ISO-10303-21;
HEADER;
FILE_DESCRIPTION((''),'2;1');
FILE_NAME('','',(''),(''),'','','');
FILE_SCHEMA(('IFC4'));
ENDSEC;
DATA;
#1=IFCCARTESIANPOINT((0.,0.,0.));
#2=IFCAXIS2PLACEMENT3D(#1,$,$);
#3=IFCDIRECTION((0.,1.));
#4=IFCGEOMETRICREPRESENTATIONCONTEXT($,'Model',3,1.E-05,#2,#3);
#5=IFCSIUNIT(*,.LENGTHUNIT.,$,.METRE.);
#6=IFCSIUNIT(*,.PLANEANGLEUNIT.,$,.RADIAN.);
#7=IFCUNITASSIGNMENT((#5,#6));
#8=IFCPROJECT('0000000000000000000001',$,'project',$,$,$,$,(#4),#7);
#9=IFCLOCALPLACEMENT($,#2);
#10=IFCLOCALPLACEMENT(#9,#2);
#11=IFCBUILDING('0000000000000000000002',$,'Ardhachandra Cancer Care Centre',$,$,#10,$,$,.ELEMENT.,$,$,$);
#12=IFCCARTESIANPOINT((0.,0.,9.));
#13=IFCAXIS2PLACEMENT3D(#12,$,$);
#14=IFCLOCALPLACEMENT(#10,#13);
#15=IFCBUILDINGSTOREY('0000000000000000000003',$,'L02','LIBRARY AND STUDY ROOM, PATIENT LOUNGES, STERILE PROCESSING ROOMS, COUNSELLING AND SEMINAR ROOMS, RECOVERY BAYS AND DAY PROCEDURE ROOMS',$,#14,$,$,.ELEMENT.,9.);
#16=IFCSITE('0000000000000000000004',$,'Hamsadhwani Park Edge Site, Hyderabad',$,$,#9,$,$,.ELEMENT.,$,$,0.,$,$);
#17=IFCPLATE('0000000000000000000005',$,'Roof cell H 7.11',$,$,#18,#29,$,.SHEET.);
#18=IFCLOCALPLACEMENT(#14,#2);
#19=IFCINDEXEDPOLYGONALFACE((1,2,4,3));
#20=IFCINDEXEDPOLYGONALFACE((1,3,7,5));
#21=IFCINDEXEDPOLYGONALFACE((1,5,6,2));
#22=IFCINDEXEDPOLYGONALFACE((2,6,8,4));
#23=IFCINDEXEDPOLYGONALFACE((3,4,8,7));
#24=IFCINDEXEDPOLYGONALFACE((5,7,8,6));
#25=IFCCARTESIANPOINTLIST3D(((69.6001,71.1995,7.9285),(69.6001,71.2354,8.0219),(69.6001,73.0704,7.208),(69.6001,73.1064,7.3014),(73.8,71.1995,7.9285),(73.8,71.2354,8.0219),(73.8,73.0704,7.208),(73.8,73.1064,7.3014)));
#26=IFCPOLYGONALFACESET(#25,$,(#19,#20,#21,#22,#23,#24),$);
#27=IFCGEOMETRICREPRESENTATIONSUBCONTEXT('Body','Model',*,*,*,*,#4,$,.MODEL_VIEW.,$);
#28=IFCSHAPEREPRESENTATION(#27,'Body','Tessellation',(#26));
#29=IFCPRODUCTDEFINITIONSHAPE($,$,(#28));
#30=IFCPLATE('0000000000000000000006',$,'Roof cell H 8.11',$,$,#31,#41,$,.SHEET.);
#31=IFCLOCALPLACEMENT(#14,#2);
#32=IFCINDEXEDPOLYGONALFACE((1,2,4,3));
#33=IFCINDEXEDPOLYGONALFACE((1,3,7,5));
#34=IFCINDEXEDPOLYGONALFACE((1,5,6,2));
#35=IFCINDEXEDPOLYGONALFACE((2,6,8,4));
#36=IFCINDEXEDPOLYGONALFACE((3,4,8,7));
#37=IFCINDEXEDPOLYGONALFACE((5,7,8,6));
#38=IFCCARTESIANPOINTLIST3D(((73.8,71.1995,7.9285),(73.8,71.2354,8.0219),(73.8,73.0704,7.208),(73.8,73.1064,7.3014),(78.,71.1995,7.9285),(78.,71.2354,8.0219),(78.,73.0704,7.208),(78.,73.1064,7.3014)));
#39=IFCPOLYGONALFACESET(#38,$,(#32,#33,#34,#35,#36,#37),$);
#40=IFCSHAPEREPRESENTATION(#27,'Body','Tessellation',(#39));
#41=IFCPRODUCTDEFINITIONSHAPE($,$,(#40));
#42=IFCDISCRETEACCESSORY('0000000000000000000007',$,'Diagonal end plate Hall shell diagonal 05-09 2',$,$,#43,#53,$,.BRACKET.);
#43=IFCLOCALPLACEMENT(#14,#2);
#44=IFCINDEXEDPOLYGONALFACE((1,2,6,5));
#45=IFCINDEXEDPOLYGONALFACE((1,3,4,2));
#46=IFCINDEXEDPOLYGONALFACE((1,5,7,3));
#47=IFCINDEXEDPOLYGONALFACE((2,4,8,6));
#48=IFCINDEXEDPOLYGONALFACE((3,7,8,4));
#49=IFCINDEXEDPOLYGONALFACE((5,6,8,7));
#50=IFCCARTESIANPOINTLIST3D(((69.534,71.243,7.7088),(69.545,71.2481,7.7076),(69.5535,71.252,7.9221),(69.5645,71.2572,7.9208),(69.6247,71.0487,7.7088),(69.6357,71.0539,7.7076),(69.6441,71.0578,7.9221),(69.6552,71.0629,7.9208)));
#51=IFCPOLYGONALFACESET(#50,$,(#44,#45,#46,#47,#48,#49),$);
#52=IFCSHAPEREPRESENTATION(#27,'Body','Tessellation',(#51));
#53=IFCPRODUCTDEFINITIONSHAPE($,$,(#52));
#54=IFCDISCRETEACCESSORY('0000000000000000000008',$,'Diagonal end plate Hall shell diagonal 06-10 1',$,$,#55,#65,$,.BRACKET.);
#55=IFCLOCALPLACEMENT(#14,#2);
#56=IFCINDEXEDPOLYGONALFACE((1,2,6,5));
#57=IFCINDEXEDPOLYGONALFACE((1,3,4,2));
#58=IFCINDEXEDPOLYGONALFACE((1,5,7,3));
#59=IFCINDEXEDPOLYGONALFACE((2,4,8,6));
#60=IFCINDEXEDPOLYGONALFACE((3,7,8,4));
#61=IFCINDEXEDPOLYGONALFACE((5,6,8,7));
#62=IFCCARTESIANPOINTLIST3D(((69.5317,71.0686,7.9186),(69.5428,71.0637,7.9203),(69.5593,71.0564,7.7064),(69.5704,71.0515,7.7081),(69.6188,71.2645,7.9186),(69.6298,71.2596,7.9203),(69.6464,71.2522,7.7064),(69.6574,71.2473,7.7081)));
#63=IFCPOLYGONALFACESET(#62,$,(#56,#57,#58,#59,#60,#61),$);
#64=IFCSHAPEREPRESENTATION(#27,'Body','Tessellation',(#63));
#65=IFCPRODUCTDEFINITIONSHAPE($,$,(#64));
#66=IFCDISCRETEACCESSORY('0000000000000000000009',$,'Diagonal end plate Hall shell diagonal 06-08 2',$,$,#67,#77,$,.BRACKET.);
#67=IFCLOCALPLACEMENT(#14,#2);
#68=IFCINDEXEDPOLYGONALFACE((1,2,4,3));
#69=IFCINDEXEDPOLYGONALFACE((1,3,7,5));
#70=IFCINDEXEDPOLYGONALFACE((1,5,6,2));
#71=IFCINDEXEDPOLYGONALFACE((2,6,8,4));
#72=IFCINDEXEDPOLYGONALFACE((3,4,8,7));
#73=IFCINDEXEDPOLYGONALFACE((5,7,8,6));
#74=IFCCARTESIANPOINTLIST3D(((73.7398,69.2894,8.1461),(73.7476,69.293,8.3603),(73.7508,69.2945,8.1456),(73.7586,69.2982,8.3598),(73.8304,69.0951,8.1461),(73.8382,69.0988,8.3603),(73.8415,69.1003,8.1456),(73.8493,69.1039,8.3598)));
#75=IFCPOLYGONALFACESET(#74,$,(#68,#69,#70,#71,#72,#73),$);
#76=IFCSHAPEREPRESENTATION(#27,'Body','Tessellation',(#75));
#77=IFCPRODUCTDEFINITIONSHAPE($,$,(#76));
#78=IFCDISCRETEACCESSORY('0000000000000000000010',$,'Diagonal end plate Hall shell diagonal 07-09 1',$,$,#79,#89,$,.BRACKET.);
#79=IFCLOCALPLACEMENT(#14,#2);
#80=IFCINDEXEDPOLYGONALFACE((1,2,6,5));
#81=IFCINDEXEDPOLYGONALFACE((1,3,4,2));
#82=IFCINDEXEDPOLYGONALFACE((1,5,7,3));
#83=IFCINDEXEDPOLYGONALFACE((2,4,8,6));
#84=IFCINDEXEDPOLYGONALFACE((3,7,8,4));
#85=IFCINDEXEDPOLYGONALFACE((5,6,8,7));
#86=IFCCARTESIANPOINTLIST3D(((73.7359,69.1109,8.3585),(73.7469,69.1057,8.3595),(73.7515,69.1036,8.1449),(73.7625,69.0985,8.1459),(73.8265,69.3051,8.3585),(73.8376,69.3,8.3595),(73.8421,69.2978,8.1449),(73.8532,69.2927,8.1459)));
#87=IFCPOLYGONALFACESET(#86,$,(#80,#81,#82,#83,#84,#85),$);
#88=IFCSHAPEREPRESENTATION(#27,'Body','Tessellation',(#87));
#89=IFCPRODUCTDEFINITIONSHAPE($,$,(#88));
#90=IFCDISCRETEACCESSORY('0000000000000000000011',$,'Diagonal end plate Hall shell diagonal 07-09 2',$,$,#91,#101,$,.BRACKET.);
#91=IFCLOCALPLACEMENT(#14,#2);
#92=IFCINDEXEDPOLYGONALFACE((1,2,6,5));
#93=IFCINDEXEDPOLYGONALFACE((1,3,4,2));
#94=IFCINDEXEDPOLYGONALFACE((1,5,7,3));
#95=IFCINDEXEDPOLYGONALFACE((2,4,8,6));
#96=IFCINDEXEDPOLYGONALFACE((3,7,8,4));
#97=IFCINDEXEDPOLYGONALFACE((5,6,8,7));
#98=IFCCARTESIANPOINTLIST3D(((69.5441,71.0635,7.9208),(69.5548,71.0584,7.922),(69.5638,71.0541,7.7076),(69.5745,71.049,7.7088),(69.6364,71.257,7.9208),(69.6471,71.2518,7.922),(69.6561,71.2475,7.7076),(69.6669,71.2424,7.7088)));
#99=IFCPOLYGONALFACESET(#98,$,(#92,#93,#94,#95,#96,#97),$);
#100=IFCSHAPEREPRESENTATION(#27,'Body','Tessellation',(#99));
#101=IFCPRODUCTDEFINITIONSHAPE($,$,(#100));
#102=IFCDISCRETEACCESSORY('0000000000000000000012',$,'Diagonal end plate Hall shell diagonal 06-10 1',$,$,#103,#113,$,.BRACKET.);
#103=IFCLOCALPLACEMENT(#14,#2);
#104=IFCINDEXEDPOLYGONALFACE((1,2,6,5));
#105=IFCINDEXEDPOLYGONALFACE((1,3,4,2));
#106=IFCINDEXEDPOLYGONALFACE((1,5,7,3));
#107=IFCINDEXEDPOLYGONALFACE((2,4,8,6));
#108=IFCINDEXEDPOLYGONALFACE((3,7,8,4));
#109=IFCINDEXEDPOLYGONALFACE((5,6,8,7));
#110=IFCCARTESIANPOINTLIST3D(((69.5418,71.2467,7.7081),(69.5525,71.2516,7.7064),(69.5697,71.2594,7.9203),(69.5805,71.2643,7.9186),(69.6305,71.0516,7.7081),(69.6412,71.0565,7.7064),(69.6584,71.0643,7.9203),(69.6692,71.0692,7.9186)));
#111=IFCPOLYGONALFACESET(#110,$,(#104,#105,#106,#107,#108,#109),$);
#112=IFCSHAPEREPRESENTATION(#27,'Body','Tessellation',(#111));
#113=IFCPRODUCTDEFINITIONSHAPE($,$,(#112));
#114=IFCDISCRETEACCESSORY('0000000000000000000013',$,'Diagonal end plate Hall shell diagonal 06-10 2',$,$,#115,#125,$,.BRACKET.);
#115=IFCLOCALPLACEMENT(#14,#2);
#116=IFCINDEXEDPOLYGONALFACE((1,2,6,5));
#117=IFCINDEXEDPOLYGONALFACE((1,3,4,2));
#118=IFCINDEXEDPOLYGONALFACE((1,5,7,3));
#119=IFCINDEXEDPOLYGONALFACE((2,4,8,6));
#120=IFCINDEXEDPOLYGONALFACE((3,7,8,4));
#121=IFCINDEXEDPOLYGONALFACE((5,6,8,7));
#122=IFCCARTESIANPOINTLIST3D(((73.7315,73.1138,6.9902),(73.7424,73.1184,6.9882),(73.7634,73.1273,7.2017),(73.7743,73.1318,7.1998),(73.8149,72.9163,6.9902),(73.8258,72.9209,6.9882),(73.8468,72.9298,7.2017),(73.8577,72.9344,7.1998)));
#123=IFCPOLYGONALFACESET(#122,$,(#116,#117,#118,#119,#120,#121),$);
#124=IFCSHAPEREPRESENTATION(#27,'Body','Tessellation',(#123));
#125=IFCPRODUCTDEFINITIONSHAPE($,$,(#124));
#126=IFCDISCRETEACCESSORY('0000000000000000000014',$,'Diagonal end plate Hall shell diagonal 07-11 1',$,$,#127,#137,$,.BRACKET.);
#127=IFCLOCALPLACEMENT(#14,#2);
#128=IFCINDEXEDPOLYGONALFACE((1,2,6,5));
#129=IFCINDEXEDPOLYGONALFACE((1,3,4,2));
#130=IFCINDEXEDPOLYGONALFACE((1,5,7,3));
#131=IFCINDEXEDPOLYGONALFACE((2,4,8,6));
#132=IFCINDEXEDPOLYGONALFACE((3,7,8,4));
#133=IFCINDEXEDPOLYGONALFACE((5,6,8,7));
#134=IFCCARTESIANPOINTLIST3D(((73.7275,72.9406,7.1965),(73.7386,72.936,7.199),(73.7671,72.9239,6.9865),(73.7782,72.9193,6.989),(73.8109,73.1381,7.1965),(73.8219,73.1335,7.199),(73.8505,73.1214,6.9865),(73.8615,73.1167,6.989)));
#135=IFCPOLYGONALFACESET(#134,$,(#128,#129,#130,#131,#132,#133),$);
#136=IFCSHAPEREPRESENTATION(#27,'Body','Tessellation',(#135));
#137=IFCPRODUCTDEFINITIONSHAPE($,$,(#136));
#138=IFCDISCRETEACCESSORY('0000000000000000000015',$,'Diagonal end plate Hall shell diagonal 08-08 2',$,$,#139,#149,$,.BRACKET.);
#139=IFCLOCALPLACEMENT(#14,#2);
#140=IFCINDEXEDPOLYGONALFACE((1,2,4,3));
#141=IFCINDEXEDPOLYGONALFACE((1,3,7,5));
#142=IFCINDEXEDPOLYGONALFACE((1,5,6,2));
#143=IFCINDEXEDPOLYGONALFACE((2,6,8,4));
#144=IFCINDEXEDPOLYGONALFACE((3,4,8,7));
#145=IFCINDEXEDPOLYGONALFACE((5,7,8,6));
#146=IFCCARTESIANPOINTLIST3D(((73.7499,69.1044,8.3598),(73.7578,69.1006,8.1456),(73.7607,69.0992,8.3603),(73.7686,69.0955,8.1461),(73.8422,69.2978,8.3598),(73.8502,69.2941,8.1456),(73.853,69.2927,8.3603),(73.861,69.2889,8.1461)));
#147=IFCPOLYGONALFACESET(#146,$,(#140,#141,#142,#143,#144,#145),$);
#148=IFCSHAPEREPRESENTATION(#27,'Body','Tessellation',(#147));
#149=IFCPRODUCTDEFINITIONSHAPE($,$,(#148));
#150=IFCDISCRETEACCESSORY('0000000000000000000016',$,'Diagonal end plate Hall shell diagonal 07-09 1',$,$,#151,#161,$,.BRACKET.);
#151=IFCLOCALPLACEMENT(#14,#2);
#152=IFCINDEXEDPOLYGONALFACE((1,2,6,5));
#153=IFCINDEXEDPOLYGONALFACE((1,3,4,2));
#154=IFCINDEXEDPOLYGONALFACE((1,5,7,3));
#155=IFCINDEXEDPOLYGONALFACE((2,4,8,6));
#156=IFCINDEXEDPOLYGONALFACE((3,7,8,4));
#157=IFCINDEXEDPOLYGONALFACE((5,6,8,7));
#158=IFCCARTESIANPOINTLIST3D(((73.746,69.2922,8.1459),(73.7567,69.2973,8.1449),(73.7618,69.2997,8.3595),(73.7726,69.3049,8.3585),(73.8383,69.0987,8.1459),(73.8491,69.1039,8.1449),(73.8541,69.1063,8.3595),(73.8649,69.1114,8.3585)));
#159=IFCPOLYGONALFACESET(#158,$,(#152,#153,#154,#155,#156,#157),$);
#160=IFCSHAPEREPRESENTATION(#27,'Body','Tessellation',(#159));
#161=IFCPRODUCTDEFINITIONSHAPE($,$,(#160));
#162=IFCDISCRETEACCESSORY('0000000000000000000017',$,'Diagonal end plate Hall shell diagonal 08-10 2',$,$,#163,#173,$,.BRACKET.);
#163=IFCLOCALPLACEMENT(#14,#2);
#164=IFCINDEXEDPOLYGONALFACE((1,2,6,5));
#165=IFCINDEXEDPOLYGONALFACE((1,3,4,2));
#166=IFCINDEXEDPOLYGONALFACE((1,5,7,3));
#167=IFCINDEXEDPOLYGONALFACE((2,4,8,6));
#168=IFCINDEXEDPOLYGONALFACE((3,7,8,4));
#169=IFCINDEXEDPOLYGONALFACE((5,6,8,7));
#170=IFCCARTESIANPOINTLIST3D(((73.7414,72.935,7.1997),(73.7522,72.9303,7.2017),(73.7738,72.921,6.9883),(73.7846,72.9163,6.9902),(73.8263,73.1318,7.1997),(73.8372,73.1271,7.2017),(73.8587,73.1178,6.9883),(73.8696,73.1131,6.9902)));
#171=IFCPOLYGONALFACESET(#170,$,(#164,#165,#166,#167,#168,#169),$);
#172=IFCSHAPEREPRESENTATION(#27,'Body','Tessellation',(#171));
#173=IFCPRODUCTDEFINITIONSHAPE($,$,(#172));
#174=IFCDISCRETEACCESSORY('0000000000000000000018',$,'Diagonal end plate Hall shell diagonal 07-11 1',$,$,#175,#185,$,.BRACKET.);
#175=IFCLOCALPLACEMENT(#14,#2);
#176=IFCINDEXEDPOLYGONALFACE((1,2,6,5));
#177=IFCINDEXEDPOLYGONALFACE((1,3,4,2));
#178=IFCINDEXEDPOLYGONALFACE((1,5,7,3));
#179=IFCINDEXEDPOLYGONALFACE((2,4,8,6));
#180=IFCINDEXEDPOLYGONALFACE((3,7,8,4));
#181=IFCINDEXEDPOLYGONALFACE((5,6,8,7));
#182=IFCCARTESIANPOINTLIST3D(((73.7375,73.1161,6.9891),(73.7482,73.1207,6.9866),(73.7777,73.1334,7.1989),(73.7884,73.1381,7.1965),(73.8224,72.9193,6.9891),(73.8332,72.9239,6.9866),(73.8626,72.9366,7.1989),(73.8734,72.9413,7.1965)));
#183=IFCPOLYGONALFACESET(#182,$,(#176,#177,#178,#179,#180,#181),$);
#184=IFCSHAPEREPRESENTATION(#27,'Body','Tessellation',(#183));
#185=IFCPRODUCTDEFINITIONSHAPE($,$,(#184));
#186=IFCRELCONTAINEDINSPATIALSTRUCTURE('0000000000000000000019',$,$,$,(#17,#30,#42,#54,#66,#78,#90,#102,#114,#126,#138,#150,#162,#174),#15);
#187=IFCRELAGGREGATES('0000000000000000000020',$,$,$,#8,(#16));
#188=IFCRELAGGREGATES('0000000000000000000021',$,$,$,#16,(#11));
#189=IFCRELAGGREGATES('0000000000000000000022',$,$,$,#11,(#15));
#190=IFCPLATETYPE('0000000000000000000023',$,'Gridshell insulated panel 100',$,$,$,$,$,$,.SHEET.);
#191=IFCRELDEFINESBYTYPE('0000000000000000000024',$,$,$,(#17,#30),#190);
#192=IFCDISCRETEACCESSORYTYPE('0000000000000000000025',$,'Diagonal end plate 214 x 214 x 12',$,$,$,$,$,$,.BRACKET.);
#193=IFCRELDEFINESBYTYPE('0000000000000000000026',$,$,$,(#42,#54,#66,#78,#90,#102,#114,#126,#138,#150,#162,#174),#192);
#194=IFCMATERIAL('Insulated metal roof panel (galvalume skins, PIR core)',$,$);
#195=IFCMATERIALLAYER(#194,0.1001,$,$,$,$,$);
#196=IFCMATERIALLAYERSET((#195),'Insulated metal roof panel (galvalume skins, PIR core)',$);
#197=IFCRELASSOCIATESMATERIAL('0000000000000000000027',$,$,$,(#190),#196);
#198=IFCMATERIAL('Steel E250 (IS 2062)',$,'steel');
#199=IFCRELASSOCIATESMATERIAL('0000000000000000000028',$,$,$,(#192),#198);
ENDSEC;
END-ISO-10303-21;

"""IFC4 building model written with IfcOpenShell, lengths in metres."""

from ifc_helpers import new_model, si_unit, direction, frame, origin, origin_2d, place, context, subcontext, project, spatial, polyline, rectangle, outline, extrude, material, layer, layer_set, material_profile, profile_set, type_object, element, save


model = new_model("IFC4")

# Units and contexts
model_context = context("Model", 3, precision=1e-05, world=origin(), true_north=direction((0.0, 1.0)))
body_context = subcontext(model_context, "Body", "Model", "MODEL_VIEW")
ifc_project = project(units=[si_unit("LENGTHUNIT", "METRE"), si_unit("PLANEANGLEUNIT", "RADIAN")], contexts=[model_context])

# Site, building, storey
site_placement = place(None, origin())
site = spatial("IfcSite", under=ifc_project, at=site_placement, Name="Hamsadhwani Park Edge Site, Hyderabad", CompositionType="ELEMENT", RefElevation=0.0)
building_placement = place(site_placement, origin())
building = spatial("IfcBuilding", under=site, at=building_placement, Name="Ardhachandra Cancer Care Centre", CompositionType="ELEMENT")
storey_placement = place(building_placement, frame((0.0, 0.0, 9.0)))
storey = spatial("IfcBuildingStorey", under=building, at=storey_placement, Name="L02", Description="LIBRARY AND STUDY ROOM, PATIENT LOUNGES, STERILE PROCESSING ROOMS, COUNSELLING AND SEMINAR ROOMS, RECOVERY BAYS AND DAY PROCEDURE ROOMS", CompositionType="ELEMENT", Elevation=9.0)

# Plates
ifc_material_1 = material(Name="Insulated metal roof panel (galvalume skins, PIR core)")
ifc_layer_1 = layer(ifc_material_1, 0.1001)
ifc_layer_set_1 = layer_set([ifc_layer_1], Name="Insulated metal roof panel (galvalume skins, PIR core)")
plate_type_1 = type_object("IfcPlateType", Name="Gridshell insulated panel 100", PredefinedType="SHEET", material=ifc_layer_set_1)
for number, where, z_axis, x_axis, name in (
    (1, (69.6001, 71.1995, 7.9285), (0.0, 0.359371, 0.933195), (1.0, 0.0, 0.0), "Roof cell H 7.11"),
    (2, (73.8, 71.1995, 7.9285), (0.0, 0.359371, 0.933195), (1.0, 0.0, 0.0), "Roof cell H 8.11"),
):
    element("IfcPlate", number, at=place(storey_placement, frame(where, z_axis=z_axis, x_axis=x_axis)), inside=storey, type_object=plate_type_1, Name=name, PredefinedType="SHEET", context=body_context, shape_type="SweptSolid", body=[
        extrude(outline(polyline([(0.0, 0.0), (4.2, 0.0), (4.2, 2.0049), (0.0, 2.0049), (0.0, 0.0)])), origin(), (0.0, 0.0, 1.0), 0.1001),
    ])

# Discrete accessories
ifc_material_2 = material(Name="Steel E250 (IS 2062)", Category="steel")
ifc_material_profile_1 = material_profile(ifc_material_2, rectangle(XDim=0.2144, YDim=0.2144, at=origin_2d()), Name="PL 214x214x12")
ifc_profile_set_1 = profile_set([ifc_material_profile_1], Name="Steel E250 (IS 2062)")
discrete_accessory_type = type_object("IfcDiscreteAccessoryType", Name="Diagonal end plate 214 x 214 x 12", PredefinedType="BRACKET", material=ifc_profile_set_1)
for number, where, z_axis, x_axis, name in (
    (3, (69.6001, 71.1555, 7.8142), (-0.901624, -0.420758, 0.10018), (0.422885, -0.906183, 0.0), "Diagonal end plate Hall shell diagonal 05-09 2"),
    (4, (69.6001, 71.1555, 7.8142), (-0.904717, 0.402096, -0.140734), (-0.406138, -0.913812, 0.0), "Diagonal end plate Hall shell diagonal 06-10 1"),
    (5, (73.8, 69.1992, 8.2527), (-0.905449, -0.422543, 0.040242), (0.422885, -0.906183, 0.0), "Diagonal end plate Hall shell diagonal 06-08 2"),
    (6, (73.8, 69.1992, 8.2527), (-0.903258, 0.42152, -0.08029), (-0.422885, -0.906183, 0.0), "Diagonal end plate Hall shell diagonal 07-09 1"),
):
    element("IfcDiscreteAccessory", number, at=place(storey_placement, frame(where, z_axis=z_axis, x_axis=x_axis)), inside=storey, type_object=discrete_accessory_type, Name=name, PredefinedType="BRACKET", context=body_context, shape_type="SweptSolid", body=[
        extrude(rectangle(XDim=0.2144, YDim=0.2144, at=origin_2d()), origin(), (0.0, 0.0, 1.0), 0.0122),
    ])
for number, where, z_axis, x_axis, name in (
    (7, (69.6001, 71.1555, 7.8142), (0.897772, -0.428482, 0.10202), (0.43073, 0.902481, 0.0), "Diagonal end plate Hall shell diagonal 07-09 2"),
    (8, (69.6001, 71.1555, 7.8142), (0.900966, 0.40953, -0.143336), (-0.413803, 0.910366, 0.0), "Diagonal end plate Hall shell diagonal 06-10 1"),
    (9, (73.8, 73.0264, 7.094), (-0.909137, -0.383858, 0.161624), (0.388972, -0.92125, 0.0), "Diagonal end plate Hall shell diagonal 06-10 2"),
):
    element("IfcDiscreteAccessory", number, at=place(storey_placement, frame(where, z_axis=z_axis, x_axis=x_axis)), inside=storey, type_object=discrete_accessory_type, Name=name, PredefinedType="BRACKET", context=body_context, shape_type="SweptSolid", body=[
        extrude(rectangle(XDim=0.2144, YDim=0.2144, at=origin_2d()), origin(), (0.0, 0.0, 1.0), 0.012),
    ])
discrete_accessory_placement = place(storey_placement, frame((73.8, 73.0264, 7.094), z_axis=(-0.902531, 0.381068, -0.200562), x_axis=(-0.388972, -0.92125, 0.0)))
element("IfcDiscreteAccessory", 10, at=discrete_accessory_placement, inside=storey, type_object=discrete_accessory_type, Name="Diagonal end plate Hall shell diagonal 07-11 1", PredefinedType="BRACKET", context=body_context, shape_type="SweptSolid", body=[
    extrude(rectangle(XDim=0.2144, YDim=0.2144, at=origin_2d()), origin(), (0.0, 0.0, 1.0), 0.0122),
])
for number, where, z_axis, x_axis, name in (
    (11, (73.8, 69.1992, 8.2527), (0.901723, -0.430368, 0.040987), (0.43073, 0.902481, 0.0), "Diagonal end plate Hall shell diagonal 08-08 2"),
    (12, (73.8, 69.1992, 8.2527), (0.899459, 0.429287, -0.081769), (-0.43073, 0.902481, 0.0), "Diagonal end plate Hall shell diagonal 07-09 1"),
    (13, (73.8, 73.0264, 7.094), (0.905534, -0.391026, 0.164643), (0.396436, 0.918062, 0.0), "Diagonal end plate Hall shell diagonal 08-10 2"),
    (14, (73.8, 73.0264, 7.094), (0.898708, 0.388079, -0.204252), (-0.396436, 0.918062, 0.0), "Diagonal end plate Hall shell diagonal 07-11 1"),
):
    element("IfcDiscreteAccessory", number, at=place(storey_placement, frame(where, z_axis=z_axis, x_axis=x_axis)), inside=storey, type_object=discrete_accessory_type, Name=name, PredefinedType="BRACKET", context=body_context, shape_type="SweptSolid", body=[
        extrude(rectangle(XDim=0.2144, YDim=0.2144, at=origin_2d()), origin(), (0.0, 0.0, 1.0), 0.012),
    ])

save(model, "model.ifc")
